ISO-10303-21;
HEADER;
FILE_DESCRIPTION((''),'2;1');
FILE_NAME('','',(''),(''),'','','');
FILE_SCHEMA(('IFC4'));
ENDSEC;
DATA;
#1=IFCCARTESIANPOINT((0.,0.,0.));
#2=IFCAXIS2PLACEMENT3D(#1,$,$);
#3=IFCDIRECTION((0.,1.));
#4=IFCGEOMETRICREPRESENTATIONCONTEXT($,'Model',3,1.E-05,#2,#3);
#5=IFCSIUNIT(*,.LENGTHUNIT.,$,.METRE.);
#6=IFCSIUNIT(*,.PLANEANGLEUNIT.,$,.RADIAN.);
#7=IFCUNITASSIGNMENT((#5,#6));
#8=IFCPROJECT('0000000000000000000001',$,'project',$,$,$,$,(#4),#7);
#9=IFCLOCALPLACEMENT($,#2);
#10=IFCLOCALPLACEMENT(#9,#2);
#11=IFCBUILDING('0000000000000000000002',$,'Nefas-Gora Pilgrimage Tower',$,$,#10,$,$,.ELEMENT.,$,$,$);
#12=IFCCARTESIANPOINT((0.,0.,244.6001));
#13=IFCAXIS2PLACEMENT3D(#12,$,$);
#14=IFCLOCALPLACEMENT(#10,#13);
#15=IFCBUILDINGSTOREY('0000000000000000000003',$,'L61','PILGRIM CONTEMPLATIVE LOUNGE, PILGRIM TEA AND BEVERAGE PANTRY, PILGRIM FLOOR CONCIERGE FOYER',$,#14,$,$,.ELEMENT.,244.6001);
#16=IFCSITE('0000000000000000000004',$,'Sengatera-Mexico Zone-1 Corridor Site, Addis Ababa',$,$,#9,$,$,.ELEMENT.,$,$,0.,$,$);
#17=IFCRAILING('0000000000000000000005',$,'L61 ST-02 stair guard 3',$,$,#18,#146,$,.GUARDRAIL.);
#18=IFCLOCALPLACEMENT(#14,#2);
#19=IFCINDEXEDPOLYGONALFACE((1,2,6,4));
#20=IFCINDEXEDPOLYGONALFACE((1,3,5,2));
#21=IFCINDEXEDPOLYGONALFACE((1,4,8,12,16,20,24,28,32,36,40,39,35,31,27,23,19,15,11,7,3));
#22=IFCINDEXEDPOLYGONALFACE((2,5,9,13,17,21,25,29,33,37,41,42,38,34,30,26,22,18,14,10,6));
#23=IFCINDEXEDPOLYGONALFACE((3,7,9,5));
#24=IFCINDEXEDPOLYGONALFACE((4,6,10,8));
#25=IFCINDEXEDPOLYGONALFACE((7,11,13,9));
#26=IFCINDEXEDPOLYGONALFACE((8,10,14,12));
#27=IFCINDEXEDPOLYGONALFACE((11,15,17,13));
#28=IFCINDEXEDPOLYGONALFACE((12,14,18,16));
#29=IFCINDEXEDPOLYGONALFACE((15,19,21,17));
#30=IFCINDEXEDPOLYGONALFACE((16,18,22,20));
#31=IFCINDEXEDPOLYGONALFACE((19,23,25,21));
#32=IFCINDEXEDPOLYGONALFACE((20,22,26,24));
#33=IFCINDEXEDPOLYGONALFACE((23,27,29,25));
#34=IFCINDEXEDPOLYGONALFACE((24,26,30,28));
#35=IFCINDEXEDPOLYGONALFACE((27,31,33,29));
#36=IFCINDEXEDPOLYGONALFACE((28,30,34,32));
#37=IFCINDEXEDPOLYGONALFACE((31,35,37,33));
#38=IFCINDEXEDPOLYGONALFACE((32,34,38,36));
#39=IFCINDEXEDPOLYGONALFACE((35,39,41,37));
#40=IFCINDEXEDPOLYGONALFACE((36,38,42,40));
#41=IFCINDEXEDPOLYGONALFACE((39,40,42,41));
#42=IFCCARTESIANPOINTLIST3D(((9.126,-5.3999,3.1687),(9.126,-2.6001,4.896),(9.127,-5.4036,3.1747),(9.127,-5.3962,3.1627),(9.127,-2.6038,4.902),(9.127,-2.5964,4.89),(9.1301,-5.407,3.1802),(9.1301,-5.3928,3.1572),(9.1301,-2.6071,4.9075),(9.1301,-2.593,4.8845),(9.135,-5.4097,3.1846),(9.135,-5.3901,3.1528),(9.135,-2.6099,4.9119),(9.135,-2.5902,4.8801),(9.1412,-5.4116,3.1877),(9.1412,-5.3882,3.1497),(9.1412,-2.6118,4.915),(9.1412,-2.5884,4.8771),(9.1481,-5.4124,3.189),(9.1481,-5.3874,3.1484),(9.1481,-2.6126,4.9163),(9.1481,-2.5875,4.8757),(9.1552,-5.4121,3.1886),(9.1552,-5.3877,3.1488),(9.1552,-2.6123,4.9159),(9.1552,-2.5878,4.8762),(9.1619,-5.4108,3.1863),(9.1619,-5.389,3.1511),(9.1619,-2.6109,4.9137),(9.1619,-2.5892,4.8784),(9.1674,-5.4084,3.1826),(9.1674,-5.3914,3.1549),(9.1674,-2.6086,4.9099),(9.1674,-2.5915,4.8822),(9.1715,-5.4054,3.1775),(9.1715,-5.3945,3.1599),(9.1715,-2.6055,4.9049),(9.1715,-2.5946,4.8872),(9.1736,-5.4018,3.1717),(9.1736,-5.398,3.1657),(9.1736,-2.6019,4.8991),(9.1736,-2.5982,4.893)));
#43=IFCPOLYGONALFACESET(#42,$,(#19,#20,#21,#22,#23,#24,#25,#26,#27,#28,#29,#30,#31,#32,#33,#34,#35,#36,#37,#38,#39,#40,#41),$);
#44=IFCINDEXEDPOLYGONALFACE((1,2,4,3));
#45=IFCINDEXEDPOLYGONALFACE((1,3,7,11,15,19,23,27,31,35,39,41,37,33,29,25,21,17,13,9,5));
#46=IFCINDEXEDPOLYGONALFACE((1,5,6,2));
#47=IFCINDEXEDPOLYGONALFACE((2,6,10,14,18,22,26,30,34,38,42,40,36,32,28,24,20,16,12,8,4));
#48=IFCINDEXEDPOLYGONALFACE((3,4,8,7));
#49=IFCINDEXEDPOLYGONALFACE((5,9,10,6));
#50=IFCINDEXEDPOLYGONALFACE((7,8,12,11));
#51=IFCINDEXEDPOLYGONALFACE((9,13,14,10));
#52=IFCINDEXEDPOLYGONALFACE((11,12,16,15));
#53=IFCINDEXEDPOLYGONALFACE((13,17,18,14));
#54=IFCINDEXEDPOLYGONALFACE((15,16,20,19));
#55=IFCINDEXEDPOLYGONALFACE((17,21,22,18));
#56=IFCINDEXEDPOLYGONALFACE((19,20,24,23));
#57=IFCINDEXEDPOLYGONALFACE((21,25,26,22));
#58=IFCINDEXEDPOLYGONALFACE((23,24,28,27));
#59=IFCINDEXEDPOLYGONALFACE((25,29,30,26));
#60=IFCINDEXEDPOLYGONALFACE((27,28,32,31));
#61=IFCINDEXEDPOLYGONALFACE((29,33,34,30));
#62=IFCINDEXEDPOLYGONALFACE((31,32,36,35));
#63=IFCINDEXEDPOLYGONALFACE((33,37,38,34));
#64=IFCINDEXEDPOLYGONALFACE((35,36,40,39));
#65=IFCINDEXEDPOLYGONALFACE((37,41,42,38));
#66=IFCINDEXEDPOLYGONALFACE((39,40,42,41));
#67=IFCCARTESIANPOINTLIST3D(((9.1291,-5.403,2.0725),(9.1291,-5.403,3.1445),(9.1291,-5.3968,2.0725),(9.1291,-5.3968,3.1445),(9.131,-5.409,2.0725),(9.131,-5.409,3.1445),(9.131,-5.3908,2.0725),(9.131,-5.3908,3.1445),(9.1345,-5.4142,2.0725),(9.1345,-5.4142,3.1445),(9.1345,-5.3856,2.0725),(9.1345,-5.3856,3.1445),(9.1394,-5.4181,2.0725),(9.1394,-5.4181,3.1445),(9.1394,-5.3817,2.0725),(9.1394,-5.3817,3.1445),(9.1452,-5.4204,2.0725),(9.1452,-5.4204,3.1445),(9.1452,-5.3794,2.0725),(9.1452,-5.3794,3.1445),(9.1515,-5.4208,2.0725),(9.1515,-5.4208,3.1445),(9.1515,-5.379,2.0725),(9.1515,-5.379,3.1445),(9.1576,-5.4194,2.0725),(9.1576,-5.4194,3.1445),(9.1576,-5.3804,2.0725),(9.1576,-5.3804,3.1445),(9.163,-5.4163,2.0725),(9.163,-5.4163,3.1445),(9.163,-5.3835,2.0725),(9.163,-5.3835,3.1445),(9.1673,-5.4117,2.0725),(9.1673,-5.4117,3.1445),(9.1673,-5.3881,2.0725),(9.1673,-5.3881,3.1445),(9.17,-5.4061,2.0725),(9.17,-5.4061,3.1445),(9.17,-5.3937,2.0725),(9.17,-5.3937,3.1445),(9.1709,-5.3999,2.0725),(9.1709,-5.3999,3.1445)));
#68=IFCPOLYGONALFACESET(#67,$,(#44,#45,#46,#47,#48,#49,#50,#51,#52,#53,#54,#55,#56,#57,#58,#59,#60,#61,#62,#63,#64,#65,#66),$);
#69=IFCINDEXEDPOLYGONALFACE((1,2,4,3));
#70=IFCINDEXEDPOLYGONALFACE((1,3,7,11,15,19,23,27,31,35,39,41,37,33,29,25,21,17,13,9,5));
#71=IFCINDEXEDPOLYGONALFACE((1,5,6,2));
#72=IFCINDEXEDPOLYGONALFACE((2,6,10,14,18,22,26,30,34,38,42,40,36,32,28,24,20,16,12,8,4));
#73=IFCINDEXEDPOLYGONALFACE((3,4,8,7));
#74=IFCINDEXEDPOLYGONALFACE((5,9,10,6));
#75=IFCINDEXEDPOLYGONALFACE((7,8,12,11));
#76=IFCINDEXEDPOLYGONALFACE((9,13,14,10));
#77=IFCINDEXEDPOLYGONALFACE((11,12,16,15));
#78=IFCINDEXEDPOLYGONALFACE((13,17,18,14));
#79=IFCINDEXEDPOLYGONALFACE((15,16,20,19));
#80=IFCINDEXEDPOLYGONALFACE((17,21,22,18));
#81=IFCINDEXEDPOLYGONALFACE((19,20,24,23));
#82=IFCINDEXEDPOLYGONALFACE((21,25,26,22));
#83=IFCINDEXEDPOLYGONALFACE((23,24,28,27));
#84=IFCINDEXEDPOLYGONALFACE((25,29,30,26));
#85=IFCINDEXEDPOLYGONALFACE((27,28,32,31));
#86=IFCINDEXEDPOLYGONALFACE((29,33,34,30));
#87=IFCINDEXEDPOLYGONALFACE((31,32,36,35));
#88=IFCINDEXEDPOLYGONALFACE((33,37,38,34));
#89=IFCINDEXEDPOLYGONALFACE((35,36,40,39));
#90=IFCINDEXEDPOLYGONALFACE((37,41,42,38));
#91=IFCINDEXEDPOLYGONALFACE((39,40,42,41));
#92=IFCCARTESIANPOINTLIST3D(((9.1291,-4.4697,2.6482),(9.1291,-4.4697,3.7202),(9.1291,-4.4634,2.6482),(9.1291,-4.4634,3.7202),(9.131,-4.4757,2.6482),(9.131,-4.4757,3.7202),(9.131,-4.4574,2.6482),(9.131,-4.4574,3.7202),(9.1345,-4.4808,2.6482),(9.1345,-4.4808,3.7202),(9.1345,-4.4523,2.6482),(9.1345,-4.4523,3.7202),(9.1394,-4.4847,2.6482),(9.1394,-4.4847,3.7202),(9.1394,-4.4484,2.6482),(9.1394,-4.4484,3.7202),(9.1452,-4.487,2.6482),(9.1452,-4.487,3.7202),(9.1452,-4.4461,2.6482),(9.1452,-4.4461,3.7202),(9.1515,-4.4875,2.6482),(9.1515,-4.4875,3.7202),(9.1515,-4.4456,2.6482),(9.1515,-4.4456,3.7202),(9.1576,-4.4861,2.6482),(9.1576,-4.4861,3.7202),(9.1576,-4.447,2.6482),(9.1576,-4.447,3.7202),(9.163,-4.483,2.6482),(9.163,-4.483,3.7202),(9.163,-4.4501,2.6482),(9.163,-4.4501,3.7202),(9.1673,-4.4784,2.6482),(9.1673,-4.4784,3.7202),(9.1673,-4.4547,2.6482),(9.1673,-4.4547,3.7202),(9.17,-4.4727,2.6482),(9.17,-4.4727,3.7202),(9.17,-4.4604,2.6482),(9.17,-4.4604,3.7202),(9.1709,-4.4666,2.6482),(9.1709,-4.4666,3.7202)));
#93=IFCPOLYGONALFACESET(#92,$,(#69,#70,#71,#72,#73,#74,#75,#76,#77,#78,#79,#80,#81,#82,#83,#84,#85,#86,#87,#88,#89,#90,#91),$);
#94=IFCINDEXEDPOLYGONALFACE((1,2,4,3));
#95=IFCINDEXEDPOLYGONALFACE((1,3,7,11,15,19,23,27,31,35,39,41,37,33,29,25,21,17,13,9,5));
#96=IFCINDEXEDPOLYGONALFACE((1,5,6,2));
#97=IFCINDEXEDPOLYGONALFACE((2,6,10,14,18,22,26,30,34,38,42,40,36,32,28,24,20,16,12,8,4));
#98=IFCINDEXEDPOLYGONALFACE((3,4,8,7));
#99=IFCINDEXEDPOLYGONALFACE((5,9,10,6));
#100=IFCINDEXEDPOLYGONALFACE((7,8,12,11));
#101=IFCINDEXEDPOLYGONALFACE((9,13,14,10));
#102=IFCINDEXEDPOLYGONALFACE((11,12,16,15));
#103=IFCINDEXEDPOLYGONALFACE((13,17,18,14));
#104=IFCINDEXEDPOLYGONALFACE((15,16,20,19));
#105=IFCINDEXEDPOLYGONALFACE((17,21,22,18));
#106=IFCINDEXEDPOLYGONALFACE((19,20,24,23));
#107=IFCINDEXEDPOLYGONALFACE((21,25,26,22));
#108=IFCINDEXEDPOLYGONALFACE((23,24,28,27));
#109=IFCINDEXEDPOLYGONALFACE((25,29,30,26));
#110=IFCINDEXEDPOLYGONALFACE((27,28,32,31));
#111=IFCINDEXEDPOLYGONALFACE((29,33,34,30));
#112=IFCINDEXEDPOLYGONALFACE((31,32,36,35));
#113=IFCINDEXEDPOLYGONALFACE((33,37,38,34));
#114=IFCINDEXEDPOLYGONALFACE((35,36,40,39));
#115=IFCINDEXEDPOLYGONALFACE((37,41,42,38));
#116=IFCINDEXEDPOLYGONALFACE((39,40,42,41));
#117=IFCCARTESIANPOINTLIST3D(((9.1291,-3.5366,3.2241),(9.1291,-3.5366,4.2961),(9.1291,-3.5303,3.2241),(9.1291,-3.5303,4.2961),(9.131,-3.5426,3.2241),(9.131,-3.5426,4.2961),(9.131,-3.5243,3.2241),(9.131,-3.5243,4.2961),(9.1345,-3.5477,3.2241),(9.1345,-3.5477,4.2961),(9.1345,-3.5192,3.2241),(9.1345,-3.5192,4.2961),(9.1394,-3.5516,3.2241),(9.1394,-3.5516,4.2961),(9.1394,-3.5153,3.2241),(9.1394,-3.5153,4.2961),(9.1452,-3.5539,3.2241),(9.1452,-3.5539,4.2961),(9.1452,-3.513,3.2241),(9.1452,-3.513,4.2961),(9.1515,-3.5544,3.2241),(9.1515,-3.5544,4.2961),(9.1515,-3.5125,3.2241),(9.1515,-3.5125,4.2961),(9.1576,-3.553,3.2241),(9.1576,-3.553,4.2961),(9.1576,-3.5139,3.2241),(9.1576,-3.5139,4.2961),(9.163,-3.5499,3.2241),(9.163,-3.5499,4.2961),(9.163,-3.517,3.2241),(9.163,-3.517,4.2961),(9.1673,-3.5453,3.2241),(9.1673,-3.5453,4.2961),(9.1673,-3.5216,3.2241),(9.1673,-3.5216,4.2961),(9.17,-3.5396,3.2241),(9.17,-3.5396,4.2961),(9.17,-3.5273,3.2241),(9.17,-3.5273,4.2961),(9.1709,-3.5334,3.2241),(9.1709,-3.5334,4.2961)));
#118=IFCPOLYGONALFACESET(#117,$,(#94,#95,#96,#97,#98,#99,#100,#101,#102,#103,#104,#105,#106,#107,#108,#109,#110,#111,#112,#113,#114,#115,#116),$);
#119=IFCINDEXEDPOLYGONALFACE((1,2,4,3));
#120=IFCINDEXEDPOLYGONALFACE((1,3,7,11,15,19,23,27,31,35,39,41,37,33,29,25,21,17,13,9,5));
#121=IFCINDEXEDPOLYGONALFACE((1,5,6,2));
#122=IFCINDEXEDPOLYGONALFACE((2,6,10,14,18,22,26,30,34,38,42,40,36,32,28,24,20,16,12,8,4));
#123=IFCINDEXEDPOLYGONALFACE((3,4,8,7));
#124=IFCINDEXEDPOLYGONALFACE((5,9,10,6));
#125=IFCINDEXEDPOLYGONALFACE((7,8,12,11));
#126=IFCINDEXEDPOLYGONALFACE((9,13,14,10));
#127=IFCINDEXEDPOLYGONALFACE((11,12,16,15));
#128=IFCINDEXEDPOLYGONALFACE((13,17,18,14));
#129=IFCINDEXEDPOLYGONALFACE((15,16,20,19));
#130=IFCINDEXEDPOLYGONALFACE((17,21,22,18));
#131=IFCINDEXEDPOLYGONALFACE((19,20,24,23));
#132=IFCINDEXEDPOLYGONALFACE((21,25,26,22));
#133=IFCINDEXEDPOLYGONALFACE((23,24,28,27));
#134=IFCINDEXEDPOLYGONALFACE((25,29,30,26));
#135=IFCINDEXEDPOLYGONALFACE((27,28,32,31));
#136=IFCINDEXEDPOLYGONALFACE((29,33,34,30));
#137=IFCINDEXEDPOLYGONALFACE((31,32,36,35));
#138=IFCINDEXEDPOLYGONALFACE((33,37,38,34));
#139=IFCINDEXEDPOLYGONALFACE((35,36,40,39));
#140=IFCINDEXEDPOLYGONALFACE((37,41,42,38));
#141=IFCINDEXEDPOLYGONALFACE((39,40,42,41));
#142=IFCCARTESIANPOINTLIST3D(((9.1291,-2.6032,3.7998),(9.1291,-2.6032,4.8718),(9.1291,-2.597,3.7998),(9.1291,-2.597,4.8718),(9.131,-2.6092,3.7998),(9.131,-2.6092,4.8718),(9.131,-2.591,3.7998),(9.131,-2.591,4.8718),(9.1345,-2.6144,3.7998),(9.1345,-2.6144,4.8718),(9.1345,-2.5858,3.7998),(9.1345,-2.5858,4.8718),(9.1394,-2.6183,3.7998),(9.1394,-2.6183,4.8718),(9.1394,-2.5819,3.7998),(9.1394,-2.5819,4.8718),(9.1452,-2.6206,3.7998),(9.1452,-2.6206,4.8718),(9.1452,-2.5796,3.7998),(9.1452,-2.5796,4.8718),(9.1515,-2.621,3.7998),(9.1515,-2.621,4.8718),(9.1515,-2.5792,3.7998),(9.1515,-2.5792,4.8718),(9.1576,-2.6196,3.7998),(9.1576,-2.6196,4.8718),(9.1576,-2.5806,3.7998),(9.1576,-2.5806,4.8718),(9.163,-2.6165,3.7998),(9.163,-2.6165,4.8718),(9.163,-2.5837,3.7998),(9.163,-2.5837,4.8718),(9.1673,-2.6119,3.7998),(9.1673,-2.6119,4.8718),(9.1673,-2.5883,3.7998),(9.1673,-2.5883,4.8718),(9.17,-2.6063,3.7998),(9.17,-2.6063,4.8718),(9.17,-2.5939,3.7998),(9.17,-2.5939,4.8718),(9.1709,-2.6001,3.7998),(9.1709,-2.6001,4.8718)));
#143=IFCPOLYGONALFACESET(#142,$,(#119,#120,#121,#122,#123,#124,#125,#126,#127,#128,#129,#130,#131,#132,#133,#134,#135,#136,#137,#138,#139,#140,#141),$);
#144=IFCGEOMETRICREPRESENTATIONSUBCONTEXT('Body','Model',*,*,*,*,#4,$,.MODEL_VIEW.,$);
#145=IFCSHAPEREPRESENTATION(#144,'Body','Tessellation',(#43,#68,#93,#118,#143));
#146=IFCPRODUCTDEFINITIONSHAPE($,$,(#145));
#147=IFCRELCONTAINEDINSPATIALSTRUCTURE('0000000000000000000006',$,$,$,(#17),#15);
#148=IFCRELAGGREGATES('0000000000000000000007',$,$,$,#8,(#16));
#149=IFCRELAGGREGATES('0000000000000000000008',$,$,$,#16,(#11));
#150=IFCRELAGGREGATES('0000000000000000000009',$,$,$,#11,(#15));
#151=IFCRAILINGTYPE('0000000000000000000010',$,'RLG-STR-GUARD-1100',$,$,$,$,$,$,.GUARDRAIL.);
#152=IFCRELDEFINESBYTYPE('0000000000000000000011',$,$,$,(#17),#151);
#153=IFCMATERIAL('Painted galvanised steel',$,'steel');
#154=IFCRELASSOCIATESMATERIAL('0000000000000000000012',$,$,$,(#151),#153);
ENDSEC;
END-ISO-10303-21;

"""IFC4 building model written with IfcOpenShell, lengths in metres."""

from ifc_helpers import new_model, si_unit, direction, frame, origin, origin_2d, place, context, subcontext, project, spatial, circle, extrude, material, type_object, element, save


model = new_model("IFC4")

# Units and contexts
model_context = context("Model", 3, precision=1e-05, world=origin(), true_north=direction((0.0, 1.0)))
body_context = subcontext(model_context, "Body", "Model", "MODEL_VIEW")
ifc_project = project(units=[si_unit("LENGTHUNIT", "METRE"), si_unit("PLANEANGLEUNIT", "RADIAN")], contexts=[model_context])

# Site, building, storey
site_placement = place(None, origin())
site = spatial("IfcSite", under=ifc_project, at=site_placement, Name="Sengatera-Mexico Zone-1 Corridor Site, Addis Ababa", CompositionType="ELEMENT", RefElevation=0.0)
building_placement = place(site_placement, origin())
building = spatial("IfcBuilding", under=site, at=building_placement, Name="Nefas-Gora Pilgrimage Tower", CompositionType="ELEMENT")
storey_placement = place(building_placement, frame((0.0, 0.0, 244.6001)))
storey = spatial("IfcBuildingStorey", under=building, at=storey_placement, Name="L61", Description="PILGRIM CONTEMPLATIVE LOUNGE, PILGRIM TEA AND BEVERAGE PANTRY, PILGRIM FLOOR CONCIERGE FOYER", CompositionType="ELEMENT", Elevation=244.6001)

# Railing
ifc_material_1 = material(Name="Painted galvanised steel", Category="steel")
railing_type_1 = type_object("IfcRailingType", Name="RLG-STR-GUARD-1100", PredefinedType="GUARDRAIL", material=ifc_material_1)
railing_1_placement = place(storey_placement, frame((9.1499, -5.3999, 2.0725)))
element("IfcRailing", 1, at=railing_1_placement, inside=storey, type_object=railing_type_1, Name="L61 ST-02 stair guard 3", PredefinedType="GUARDRAIL", context=body_context, shape_type="SweptSolid", body=[
    extrude(circle(Radius=0.0239, at=origin_2d()), frame((0.0, 0.0, 1.0962), z_axis=(0.0, 0.851069, 0.525054), x_axis=(-1.0, 0.0, 0.0)), (0.0, 0.0, 1.0), 3.2898),
    extrude(circle(Radius=0.021, at=origin_2d()), origin(), (0.0, 0.0, 1.0), 1.072),
    extrude(circle(Radius=0.021, at=origin_2d()), frame((0.0, 0.9333, 0.5757)), (0.0, 0.0, 1.0), 1.072),
    extrude(circle(Radius=0.021, at=origin_2d()), frame((0.0, 1.8665, 1.1516)), (0.0, 0.0, 1.0), 1.072),
    extrude(circle(Radius=0.021, at=origin_2d()), frame((0.0, 2.7998, 1.7273)), (0.0, 0.0, 1.0), 1.072),
])

save(model, "model.ifc")
